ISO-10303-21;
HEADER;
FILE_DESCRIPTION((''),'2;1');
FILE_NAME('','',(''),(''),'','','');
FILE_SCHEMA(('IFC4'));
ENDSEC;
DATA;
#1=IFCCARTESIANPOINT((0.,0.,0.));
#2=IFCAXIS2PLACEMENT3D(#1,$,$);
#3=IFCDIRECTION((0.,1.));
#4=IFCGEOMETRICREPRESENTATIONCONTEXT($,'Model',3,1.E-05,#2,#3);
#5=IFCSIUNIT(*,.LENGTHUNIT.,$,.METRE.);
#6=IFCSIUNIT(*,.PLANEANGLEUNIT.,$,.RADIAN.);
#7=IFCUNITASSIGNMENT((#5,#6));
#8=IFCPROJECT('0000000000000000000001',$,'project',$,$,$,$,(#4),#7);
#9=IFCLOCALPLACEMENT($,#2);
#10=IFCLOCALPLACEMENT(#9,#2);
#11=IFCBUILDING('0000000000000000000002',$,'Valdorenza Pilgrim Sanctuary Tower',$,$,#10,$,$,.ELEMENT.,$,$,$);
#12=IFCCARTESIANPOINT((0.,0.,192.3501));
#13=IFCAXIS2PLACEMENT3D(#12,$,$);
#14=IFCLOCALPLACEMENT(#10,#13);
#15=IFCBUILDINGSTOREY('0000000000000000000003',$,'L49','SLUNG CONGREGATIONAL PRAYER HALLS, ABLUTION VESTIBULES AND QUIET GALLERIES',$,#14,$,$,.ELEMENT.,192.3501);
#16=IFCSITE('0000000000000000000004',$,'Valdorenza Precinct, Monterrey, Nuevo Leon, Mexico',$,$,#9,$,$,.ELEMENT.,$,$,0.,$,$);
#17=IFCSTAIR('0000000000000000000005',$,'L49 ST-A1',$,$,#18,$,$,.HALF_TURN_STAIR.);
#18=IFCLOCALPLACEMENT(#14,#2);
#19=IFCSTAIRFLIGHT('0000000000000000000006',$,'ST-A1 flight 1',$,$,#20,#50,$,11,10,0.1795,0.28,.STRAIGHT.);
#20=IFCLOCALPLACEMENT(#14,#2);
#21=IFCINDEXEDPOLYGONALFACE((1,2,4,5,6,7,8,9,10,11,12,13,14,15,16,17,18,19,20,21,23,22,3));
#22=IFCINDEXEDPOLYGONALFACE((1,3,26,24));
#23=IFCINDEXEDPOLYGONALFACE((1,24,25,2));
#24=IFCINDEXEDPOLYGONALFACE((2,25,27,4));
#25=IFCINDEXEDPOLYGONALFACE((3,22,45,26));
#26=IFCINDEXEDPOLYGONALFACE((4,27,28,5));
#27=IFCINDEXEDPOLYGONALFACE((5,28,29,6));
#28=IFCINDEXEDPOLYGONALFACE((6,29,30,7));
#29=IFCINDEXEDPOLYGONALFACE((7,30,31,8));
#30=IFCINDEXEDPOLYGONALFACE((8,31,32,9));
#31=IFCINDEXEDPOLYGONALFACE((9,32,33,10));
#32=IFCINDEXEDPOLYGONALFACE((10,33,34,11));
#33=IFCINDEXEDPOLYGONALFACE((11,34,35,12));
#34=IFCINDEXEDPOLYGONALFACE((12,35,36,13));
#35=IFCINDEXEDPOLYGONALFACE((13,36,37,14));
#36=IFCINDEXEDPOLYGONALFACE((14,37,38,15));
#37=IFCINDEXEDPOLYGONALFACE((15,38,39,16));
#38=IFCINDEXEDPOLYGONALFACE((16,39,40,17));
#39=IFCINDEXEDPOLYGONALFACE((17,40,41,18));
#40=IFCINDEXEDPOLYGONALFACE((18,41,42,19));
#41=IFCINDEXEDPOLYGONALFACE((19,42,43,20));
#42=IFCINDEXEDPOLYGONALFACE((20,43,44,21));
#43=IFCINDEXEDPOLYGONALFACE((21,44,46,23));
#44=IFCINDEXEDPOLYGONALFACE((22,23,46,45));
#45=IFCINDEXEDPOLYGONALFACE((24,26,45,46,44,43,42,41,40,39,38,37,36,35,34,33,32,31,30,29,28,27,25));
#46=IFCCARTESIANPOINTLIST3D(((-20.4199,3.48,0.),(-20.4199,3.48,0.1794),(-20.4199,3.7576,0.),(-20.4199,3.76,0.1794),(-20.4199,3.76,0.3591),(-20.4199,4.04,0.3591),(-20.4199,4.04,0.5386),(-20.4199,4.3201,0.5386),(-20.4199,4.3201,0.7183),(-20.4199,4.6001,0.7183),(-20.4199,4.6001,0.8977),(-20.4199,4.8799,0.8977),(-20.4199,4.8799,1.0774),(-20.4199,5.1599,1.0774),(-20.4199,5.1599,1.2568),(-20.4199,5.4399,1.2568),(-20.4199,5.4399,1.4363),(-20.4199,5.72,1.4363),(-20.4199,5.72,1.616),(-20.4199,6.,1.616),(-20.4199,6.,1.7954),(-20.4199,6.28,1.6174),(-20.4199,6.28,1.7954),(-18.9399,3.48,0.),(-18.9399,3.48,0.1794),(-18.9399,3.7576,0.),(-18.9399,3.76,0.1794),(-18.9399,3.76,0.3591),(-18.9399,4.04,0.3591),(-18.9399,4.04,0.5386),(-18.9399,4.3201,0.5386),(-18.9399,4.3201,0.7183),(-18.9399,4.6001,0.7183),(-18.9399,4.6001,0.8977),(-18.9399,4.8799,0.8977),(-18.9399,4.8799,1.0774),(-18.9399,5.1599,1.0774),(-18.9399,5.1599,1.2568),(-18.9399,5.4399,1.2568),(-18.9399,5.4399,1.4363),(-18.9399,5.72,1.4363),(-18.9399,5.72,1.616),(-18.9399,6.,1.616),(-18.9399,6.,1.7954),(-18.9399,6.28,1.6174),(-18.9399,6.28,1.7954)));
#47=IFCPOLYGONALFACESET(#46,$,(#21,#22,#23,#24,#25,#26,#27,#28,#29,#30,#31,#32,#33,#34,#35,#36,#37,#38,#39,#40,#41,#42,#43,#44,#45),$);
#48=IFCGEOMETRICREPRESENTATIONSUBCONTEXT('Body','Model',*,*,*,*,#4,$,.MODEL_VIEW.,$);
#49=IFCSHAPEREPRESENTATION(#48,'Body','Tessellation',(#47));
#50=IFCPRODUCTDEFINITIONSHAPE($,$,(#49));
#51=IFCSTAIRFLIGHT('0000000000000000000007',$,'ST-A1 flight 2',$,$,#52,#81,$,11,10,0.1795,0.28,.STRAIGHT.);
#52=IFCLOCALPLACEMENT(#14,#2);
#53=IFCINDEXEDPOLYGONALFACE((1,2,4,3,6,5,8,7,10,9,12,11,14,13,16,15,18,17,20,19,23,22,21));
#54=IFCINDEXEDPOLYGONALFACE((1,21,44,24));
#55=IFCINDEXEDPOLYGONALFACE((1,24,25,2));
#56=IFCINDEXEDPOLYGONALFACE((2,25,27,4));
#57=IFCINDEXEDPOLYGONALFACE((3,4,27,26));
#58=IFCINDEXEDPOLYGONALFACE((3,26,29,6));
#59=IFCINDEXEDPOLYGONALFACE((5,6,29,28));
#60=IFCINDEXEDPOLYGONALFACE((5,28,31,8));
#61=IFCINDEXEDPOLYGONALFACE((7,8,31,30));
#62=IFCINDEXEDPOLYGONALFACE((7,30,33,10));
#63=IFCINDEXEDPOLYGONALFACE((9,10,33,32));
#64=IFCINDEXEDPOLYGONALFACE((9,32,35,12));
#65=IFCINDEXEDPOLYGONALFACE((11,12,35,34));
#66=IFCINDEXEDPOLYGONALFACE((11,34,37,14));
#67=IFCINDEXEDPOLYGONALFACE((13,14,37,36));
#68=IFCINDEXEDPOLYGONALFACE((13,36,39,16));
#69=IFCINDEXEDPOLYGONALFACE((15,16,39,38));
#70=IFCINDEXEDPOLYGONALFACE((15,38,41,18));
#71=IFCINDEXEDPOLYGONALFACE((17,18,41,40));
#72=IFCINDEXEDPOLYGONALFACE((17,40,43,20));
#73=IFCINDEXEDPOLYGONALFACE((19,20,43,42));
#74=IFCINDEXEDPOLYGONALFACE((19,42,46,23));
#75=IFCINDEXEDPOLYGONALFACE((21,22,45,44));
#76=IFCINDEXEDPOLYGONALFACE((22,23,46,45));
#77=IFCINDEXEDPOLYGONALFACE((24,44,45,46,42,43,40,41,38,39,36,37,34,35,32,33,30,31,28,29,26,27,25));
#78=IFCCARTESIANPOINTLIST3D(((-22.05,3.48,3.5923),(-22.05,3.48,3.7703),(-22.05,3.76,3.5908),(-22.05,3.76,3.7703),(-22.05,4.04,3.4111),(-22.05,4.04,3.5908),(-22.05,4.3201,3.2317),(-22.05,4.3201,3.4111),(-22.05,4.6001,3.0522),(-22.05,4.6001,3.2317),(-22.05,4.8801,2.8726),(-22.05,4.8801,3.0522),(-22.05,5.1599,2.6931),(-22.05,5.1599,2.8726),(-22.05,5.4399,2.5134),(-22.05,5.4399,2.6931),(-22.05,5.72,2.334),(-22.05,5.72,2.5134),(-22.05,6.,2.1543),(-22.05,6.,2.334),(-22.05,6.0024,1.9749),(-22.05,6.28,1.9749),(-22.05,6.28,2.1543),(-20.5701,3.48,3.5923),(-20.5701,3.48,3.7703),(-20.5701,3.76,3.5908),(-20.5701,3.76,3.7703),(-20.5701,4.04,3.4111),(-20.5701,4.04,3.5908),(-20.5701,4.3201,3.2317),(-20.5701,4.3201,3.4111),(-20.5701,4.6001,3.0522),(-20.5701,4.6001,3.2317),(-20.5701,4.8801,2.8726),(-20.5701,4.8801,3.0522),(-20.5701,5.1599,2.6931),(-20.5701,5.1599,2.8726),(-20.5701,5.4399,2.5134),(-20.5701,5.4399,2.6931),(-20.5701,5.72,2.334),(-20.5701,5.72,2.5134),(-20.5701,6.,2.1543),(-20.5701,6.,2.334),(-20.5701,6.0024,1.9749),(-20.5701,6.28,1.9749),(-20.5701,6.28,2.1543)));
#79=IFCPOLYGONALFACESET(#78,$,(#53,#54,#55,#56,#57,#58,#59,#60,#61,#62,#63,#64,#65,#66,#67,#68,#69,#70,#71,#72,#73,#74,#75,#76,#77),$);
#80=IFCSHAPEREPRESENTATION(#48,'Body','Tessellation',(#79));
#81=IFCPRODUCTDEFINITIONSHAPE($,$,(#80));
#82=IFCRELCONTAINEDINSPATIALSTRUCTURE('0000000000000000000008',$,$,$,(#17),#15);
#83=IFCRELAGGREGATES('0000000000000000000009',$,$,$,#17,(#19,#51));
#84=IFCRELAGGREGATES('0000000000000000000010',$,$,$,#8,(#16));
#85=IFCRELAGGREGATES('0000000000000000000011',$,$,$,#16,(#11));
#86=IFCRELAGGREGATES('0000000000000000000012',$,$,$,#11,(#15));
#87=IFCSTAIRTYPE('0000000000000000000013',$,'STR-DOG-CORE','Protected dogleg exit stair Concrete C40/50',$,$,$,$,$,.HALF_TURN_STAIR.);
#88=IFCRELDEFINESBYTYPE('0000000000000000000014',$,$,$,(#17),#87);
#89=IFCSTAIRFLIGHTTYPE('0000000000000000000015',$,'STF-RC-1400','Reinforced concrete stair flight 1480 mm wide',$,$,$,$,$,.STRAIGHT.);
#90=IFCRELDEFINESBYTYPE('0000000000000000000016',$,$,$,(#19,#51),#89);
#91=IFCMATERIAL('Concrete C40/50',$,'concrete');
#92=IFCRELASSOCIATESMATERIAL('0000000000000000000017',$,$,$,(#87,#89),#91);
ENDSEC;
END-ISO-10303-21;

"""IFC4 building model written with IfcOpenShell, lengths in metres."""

from ifc_helpers import new_model, si_unit, direction, frame, origin, place, context, subcontext, project, spatial, polyline, outline, extrude, material, type_object, element, aggregate, save


model = new_model("IFC4")

# Units and contexts
model_context = context("Model", 3, precision=1e-05, world=origin(), true_north=direction((0.0, 1.0)))
body_context = subcontext(model_context, "Body", "Model", "MODEL_VIEW")
ifc_project = project(units=[si_unit("LENGTHUNIT", "METRE"), si_unit("PLANEANGLEUNIT", "RADIAN")], contexts=[model_context])

# Site, building, storey
site_placement = place(None, origin())
site = spatial("IfcSite", under=ifc_project, at=site_placement, Name="Valdorenza Precinct, Monterrey, Nuevo Leon, Mexico", CompositionType="ELEMENT", RefElevation=0.0)
building_placement = place(site_placement, origin())
building = spatial("IfcBuilding", under=site, at=building_placement, Name="Valdorenza Pilgrim Sanctuary Tower", CompositionType="ELEMENT")
storey_placement = place(building_placement, frame((0.0, 0.0, 192.3501)))
storey = spatial("IfcBuildingStorey", under=building, at=storey_placement, Name="L49", Description="SLUNG CONGREGATIONAL PRAYER HALLS, ABLUTION VESTIBULES AND QUIET GALLERIES", CompositionType="ELEMENT", Elevation=192.3501)

# Shared definitions
ifc_material_1 = material(Name="Concrete C40/50", Category="concrete")

# Stair, stair flights
stair_type = type_object("IfcStairType", Name="STR-DOG-CORE", Description="Protected dogleg exit stair Concrete C40/50", PredefinedType="HALF_TURN_STAIR", material=ifc_material_1)
stair_placement = place(storey_placement, origin())
stair = element("IfcStair", 1, at=stair_placement, inside=storey, type_object=stair_type, Name="L49 ST-A1", PredefinedType="HALF_TURN_STAIR")
stair_flight_type = type_object("IfcStairFlightType", Name="STF-RC-1400", Description="Reinforced concrete stair flight 1480 mm wide", PredefinedType="STRAIGHT", material=ifc_material_1)
stair_flight_1_placement = place(storey_placement, frame((-19.6799, 3.48, 0.0), z_axis=(0.0, 0.0, 1.0), x_axis=(0.0, 1.0, 0.0)))
stair_flight_1 = element("IfcStairFlight", 2, at=stair_flight_1_placement, type_object=stair_flight_type, Name="ST-A1 flight 1", NumberOfRisers=11, NumberOfTreads=10, PredefinedType="STRAIGHT", RiserHeight=0.1795, TreadLength=0.28, context=body_context, shape_type="SweptSolid", body=[
    extrude(outline(polyline([(0.0, 0.0), (0.0, 0.1794), (0.28, 0.1794), (0.28, 0.3591), (0.5601, 0.3591), (0.5601, 0.5386), (0.8401, 0.5386), (0.8401, 0.7183), (1.1201, 0.7183), (1.1201, 0.8977), (1.3999, 0.8977), (1.3999, 1.0774), (1.6799, 1.0774), (1.6799, 1.2568), (1.96, 1.2568), (1.96, 1.4363), (2.24, 1.4363), (2.24, 1.616), (2.52, 1.616), (2.52, 1.7954), (2.8, 1.7954), (2.8, 1.9751), (2.8, 1.6174), (0.2776, 0.0), (0.0, 0.0)])), frame((0.0, 0.74, 0.0), z_axis=(0.0, -1.0, 0.0), x_axis=(1.0, 0.0, 0.0)), (0.0, 0.0, 1.0), 1.48),
])
stair_flight_2_placement = place(storey_placement, frame((-21.3101, 6.28, 1.9749), z_axis=(0.0, 0.0, 1.0), x_axis=(0.0, -1.0, 0.0)))
stair_flight_2 = element("IfcStairFlight", 3, at=stair_flight_2_placement, type_object=stair_flight_type, Name="ST-A1 flight 2", NumberOfRisers=11, NumberOfTreads=10, PredefinedType="STRAIGHT", RiserHeight=0.1795, TreadLength=0.28, context=body_context, shape_type="SweptSolid", body=[
    extrude(outline(polyline([(0.0, 0.0), (0.0, 0.1794), (0.28, 0.1794), (0.28, 0.3591), (0.5601, 0.3591), (0.5601, 0.5386), (0.8401, 0.5386), (0.8401, 0.7183), (1.1201, 0.7183), (1.1201, 0.8977), (1.3999, 0.8977), (1.3999, 1.0774), (1.6799, 1.0774), (1.6799, 1.2568), (1.96, 1.2568), (1.96, 1.4363), (2.24, 1.4363), (2.24, 1.616), (2.52, 1.616), (2.52, 1.7954), (2.8, 1.7954), (2.8, 1.9751), (2.8, 1.6174), (0.2776, 0.0), (0.0, 0.0)])), frame((0.0, 0.74, 0.0), z_axis=(0.0, -1.0, 0.0), x_axis=(1.0, 0.0, 0.0)), (0.0, 0.0, 1.0), 1.48),
])
aggregate(stair, [stair_flight_1, stair_flight_2])

save(model, "model.ifc")
